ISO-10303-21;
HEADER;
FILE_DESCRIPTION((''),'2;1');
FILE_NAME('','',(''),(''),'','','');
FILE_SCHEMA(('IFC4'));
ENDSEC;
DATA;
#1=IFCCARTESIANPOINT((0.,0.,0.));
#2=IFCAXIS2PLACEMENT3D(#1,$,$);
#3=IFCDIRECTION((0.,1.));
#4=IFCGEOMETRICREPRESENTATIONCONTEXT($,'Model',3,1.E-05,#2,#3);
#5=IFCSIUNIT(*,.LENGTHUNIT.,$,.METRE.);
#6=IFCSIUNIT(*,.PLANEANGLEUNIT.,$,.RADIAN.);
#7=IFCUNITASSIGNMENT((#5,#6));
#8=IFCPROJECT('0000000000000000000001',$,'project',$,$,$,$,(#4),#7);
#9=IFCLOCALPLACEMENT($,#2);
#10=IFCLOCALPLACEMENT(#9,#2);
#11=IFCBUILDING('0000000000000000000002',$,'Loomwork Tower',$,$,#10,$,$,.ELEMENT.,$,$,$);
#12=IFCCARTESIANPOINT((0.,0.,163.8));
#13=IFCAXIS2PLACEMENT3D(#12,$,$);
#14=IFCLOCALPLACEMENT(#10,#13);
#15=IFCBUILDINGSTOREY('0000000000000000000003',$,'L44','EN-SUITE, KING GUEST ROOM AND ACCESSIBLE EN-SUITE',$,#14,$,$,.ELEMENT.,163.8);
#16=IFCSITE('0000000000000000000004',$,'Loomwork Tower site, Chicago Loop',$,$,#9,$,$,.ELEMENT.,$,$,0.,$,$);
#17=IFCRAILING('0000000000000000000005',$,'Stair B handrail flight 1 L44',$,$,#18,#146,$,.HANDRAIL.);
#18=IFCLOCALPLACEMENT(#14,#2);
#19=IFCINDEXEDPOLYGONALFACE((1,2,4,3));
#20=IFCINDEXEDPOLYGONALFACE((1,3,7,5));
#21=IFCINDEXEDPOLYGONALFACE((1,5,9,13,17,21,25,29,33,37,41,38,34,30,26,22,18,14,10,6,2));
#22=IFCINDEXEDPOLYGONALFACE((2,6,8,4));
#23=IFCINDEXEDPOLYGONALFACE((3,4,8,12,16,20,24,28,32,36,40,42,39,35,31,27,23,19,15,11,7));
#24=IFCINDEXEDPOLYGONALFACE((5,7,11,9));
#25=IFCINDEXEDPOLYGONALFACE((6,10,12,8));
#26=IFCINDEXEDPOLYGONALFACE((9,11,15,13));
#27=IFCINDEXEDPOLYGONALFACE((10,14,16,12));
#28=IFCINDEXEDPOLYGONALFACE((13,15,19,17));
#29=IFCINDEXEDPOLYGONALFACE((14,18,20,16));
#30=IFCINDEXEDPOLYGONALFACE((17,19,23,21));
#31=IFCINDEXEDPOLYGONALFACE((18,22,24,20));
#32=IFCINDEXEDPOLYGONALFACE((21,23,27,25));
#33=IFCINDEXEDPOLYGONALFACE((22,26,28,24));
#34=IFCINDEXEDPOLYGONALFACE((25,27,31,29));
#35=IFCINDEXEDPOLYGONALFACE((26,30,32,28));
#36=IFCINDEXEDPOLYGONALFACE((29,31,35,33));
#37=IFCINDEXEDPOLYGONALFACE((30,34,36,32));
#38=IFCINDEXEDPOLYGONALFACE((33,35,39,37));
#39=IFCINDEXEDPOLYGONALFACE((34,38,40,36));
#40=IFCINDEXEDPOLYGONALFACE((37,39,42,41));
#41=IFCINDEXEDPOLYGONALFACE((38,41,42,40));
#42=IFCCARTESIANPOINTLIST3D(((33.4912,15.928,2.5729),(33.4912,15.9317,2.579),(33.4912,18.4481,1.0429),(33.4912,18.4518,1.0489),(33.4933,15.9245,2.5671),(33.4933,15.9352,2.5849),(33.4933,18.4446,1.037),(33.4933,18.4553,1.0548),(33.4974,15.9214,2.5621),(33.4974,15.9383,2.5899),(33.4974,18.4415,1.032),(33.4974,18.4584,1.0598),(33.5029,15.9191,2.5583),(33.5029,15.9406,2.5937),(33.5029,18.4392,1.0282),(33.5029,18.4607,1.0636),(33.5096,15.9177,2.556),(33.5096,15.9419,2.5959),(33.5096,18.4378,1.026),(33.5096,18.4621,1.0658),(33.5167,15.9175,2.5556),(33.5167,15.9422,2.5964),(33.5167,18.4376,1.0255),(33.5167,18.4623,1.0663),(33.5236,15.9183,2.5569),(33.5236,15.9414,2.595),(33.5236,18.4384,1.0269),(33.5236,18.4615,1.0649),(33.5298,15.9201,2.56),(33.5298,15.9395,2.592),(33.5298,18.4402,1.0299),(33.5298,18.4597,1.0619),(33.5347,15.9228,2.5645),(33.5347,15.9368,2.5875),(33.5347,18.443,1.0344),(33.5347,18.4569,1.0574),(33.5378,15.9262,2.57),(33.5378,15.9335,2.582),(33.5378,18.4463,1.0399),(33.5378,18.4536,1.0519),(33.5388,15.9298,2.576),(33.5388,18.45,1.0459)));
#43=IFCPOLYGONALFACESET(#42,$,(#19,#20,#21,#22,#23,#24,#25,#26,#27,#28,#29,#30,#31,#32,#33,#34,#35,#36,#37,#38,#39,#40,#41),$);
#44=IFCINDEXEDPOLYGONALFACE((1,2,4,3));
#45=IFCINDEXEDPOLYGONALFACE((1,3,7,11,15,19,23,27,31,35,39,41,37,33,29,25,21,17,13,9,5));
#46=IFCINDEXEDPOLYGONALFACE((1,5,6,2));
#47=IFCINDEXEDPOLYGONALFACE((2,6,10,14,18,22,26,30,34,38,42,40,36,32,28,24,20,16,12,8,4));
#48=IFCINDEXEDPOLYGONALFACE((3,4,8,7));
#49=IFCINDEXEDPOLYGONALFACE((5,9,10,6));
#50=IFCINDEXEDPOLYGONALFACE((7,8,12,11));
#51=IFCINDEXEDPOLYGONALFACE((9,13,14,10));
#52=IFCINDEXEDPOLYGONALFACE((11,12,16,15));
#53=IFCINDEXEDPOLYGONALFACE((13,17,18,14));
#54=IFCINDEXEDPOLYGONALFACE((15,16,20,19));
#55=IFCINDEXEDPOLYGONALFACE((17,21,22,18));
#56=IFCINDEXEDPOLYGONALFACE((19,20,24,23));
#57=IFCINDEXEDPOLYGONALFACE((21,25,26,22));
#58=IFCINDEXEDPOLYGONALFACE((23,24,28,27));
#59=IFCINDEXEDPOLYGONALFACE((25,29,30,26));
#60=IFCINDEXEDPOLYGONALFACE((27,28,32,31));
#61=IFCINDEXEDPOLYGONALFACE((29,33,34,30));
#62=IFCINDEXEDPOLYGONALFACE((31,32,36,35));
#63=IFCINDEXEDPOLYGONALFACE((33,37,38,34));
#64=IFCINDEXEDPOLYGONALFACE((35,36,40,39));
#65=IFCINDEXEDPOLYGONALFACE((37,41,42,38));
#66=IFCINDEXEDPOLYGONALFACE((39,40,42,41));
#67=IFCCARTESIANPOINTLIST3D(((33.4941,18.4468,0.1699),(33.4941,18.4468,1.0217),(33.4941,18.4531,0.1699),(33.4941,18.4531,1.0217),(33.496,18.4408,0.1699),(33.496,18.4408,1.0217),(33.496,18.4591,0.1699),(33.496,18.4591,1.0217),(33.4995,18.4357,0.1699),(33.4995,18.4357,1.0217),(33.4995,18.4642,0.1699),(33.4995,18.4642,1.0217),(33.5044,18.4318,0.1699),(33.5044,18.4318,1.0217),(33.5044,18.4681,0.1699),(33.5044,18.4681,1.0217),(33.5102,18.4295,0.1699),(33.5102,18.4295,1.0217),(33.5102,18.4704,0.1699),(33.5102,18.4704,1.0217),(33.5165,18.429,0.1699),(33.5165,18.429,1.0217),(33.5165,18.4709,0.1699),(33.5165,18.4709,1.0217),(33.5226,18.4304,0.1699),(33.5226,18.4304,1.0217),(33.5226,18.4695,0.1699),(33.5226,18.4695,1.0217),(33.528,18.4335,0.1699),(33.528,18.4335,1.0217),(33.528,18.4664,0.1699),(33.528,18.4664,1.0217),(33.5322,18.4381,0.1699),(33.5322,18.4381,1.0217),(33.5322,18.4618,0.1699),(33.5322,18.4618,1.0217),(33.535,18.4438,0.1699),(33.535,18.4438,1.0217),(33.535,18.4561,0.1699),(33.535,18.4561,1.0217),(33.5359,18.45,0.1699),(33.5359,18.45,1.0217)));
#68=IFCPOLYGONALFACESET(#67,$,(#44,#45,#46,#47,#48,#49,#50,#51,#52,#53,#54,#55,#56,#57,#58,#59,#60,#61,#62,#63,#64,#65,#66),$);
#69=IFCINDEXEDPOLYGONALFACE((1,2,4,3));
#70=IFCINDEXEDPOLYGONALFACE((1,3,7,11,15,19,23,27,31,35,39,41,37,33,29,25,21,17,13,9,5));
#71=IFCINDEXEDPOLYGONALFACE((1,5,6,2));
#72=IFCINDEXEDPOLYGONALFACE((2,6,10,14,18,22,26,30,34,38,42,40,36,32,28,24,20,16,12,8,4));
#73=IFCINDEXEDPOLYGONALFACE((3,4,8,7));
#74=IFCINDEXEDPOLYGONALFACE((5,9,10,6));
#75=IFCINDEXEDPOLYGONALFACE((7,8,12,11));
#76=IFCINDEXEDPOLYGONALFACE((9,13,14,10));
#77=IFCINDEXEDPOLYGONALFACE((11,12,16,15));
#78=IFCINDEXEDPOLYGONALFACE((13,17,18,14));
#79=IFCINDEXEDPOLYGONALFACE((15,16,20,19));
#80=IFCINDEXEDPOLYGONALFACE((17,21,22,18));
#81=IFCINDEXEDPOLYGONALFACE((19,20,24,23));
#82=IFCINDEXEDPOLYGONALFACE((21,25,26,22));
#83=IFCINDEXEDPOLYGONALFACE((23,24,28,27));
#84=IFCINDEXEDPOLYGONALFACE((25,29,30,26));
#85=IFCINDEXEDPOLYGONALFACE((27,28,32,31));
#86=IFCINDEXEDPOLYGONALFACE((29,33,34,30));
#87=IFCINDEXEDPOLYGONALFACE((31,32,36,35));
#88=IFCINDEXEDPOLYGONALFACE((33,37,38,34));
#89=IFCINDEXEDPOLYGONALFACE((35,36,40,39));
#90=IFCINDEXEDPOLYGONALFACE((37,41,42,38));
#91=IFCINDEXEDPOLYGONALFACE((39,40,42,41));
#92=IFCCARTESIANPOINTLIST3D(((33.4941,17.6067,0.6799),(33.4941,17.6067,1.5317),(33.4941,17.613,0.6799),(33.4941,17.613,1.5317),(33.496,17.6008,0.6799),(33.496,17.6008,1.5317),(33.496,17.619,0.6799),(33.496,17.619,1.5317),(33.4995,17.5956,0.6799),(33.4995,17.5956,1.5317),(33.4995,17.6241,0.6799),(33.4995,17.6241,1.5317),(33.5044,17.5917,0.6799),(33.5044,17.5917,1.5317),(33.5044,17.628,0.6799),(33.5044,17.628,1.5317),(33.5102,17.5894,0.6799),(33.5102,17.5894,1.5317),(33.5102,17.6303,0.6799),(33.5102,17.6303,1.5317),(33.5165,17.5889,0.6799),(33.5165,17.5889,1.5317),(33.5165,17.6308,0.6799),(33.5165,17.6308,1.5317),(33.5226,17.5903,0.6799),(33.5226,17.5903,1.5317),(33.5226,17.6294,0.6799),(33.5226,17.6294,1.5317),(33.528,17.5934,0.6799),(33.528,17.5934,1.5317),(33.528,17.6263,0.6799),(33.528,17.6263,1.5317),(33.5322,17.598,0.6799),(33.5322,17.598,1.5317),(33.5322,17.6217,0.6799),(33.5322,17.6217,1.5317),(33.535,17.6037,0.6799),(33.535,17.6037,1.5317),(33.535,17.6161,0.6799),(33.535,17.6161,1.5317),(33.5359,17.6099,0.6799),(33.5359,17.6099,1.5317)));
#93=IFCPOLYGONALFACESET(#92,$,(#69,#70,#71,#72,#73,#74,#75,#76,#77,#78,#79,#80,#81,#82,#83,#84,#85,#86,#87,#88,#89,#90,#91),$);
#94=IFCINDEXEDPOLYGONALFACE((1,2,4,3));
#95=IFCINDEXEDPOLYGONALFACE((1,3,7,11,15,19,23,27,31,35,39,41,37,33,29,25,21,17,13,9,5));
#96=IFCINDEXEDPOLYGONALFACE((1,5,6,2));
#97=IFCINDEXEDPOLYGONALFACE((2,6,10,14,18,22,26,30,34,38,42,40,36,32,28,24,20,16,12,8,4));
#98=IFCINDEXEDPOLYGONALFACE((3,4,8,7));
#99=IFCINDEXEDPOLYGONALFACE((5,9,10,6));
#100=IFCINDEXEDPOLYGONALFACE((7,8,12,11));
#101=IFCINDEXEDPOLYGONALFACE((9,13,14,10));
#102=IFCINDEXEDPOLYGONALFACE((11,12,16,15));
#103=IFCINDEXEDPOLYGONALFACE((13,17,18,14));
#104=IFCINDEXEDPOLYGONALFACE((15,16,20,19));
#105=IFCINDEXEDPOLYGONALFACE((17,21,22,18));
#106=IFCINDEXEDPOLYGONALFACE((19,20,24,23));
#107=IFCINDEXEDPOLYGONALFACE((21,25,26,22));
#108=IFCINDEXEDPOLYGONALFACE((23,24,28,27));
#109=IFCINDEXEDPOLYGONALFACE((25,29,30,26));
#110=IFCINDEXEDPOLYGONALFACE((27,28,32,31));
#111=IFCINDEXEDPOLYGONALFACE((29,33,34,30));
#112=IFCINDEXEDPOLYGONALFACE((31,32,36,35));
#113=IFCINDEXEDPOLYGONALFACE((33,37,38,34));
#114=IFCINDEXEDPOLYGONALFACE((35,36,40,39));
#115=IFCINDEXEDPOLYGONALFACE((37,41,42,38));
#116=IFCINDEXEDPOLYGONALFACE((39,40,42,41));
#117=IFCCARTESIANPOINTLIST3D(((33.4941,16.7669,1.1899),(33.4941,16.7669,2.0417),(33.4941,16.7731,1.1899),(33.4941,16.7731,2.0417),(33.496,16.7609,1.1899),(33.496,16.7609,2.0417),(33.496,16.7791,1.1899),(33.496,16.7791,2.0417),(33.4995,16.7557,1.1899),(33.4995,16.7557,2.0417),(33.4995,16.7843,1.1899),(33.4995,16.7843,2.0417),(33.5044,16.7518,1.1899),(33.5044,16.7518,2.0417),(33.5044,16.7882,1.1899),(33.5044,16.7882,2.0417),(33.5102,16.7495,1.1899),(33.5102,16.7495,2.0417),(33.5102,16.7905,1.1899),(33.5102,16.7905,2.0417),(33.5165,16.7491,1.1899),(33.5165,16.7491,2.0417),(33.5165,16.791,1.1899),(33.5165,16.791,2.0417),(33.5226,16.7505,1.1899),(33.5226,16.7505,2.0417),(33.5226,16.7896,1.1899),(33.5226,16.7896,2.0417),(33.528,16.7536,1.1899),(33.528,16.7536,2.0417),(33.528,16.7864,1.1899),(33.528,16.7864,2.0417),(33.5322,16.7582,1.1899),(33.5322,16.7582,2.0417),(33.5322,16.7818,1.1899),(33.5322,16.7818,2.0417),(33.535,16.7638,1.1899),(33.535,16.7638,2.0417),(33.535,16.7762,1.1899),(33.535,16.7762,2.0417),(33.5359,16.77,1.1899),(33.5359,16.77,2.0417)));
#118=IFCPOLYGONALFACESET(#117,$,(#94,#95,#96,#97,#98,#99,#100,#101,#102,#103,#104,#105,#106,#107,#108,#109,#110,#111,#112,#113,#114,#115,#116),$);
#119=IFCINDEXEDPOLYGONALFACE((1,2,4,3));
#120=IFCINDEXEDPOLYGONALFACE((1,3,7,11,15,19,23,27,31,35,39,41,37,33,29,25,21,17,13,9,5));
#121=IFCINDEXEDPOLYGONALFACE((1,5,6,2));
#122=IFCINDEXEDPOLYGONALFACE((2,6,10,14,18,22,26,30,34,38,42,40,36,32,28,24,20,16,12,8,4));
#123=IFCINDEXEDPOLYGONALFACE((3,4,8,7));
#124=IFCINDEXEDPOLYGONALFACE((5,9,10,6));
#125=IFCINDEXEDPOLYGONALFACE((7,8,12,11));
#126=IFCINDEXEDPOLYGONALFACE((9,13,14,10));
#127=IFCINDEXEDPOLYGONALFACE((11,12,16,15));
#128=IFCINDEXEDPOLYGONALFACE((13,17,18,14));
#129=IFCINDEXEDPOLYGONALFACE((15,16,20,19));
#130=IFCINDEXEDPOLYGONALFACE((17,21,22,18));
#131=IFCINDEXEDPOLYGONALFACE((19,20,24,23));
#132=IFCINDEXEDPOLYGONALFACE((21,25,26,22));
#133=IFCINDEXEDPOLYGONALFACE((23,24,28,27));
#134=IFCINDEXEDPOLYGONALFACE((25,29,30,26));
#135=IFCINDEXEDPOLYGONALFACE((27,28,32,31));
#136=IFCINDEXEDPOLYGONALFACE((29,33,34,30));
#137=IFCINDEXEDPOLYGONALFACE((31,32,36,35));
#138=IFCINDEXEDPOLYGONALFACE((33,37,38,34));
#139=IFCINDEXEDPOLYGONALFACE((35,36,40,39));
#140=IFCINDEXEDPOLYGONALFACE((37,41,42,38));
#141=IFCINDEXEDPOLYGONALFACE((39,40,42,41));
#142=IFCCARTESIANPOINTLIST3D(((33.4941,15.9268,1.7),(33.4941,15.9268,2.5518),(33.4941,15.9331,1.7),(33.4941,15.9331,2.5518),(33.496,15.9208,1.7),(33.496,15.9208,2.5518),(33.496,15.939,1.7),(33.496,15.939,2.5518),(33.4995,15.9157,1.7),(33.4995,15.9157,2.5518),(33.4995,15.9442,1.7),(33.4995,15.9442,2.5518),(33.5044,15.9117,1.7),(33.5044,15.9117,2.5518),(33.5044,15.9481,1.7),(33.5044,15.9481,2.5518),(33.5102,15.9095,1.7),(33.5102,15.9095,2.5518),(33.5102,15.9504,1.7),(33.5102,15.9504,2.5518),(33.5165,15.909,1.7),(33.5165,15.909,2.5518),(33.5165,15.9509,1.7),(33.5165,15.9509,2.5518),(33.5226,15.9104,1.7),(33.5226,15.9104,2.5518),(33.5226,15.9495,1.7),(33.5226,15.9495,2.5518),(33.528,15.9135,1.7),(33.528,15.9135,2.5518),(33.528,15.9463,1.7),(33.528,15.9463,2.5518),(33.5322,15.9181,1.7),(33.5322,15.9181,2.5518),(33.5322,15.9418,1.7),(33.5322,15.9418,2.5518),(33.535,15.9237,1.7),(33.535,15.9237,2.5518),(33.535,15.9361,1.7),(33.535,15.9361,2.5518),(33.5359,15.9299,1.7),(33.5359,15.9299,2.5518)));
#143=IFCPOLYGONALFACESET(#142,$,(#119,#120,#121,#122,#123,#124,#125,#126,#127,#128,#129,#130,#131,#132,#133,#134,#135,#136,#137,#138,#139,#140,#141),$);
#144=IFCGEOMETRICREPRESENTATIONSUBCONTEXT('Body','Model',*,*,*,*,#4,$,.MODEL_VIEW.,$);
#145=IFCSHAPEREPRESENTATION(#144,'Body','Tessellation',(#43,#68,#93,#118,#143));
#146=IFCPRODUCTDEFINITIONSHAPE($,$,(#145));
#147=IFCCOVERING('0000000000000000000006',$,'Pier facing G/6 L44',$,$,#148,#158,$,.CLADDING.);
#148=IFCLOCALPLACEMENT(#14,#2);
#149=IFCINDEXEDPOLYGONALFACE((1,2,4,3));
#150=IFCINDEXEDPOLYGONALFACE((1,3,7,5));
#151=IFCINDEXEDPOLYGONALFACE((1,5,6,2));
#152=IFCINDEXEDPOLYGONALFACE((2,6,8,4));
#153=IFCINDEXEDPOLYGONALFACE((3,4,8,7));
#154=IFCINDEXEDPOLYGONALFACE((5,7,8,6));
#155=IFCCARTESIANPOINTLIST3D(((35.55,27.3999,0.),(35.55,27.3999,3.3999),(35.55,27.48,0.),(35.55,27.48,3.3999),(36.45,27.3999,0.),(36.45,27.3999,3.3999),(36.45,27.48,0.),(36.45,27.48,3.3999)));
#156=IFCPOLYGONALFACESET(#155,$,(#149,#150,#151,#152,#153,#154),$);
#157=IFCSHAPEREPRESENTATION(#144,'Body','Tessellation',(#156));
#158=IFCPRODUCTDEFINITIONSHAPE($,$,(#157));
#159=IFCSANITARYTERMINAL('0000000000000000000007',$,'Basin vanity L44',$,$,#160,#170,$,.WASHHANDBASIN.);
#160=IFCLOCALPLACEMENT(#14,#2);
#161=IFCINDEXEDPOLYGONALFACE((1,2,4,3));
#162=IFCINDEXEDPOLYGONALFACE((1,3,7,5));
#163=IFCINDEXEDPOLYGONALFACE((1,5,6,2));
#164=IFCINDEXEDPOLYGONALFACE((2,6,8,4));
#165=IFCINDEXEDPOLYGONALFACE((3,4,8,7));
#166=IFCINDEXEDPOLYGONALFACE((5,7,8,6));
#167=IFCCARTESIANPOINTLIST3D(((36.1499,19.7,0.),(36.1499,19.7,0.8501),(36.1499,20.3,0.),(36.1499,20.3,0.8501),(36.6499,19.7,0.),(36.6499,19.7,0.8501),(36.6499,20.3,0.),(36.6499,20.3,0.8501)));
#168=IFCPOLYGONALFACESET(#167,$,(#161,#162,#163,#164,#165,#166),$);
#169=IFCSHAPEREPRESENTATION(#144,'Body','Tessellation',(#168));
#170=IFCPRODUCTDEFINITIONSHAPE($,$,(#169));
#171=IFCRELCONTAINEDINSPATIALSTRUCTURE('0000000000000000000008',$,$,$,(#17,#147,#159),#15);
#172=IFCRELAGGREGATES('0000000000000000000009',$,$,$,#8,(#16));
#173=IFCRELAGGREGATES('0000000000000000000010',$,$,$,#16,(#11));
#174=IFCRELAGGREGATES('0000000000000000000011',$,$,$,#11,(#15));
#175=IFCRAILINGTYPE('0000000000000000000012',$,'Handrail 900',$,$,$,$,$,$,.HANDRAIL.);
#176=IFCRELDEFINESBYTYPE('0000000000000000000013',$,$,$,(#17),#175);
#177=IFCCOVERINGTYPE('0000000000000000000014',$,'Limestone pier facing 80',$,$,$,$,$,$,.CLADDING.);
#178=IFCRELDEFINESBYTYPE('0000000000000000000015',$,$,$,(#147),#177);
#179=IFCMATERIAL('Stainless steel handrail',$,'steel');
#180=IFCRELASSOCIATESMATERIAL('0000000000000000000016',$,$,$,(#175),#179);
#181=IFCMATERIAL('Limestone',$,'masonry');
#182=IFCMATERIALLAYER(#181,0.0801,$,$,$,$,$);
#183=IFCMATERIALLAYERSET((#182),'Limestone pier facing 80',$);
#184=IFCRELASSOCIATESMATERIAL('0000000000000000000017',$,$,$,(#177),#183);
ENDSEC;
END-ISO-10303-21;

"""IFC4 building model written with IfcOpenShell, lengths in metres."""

from ifc_helpers import new_model, si_unit, direction, frame, origin, origin_2d, place, context, subcontext, project, spatial, rectangle, circle, extrude, material, layer, layer_set, type_object, element, save


model = new_model("IFC4")

# Units and contexts
model_context = context("Model", 3, precision=1e-05, world=origin(), true_north=direction((0.0, 1.0)))
body_context = subcontext(model_context, "Body", "Model", "MODEL_VIEW")
ifc_project = project(units=[si_unit("LENGTHUNIT", "METRE"), si_unit("PLANEANGLEUNIT", "RADIAN")], contexts=[model_context])

# Site, building, storey
site_placement = place(None, origin())
site = spatial("IfcSite", under=ifc_project, at=site_placement, Name="Loomwork Tower site, Chicago Loop", CompositionType="ELEMENT", RefElevation=0.0)
building_placement = place(site_placement, origin())
building = spatial("IfcBuilding", under=site, at=building_placement, Name="Loomwork Tower", CompositionType="ELEMENT")
storey_placement = place(building_placement, frame((0.0, 0.0, 163.8)))
storey = spatial("IfcBuildingStorey", under=building, at=storey_placement, Name="L44", Description="EN-SUITE, KING GUEST ROOM AND ACCESSIBLE EN-SUITE", CompositionType="ELEMENT", Elevation=163.8)

# Railing
ifc_material_1 = material(Name="Stainless steel handrail", Category="steel")
railing_type = type_object("IfcRailingType", Name="Handrail 900", PredefinedType="HANDRAIL", material=ifc_material_1)
railing_placement = place(storey_placement, frame((33.5149, 18.45, 0.1699)))
element("IfcRailing", 1, at=railing_placement, inside=storey, type_object=railing_type, Name="Stair B handrail flight 1 L44", PredefinedType="HANDRAIL", context=body_context, shape_type="SweptSolid", body=[
    extrude(circle(Radius=0.0239, at=origin_2d()), frame((0.0, 0.0, 0.876), z_axis=(0.0, -0.854785, 0.518982), x_axis=(1.0, 0.0, 0.0)), (0.0, 0.0, 1.0), 2.9482),
    extrude(circle(Radius=0.021, at=origin_2d()), origin(), (0.0, 0.0, 1.0), 0.8518),
    extrude(circle(Radius=0.021, at=origin_2d()), frame((0.0, -0.8401, 0.51)), (0.0, 0.0, 1.0), 0.8518),
    extrude(circle(Radius=0.021, at=origin_2d()), frame((0.0, -1.6799, 1.02)), (0.0, 0.0, 1.0), 0.8518),
    extrude(circle(Radius=0.021, at=origin_2d()), frame((0.0, -2.52, 1.53)), (0.0, 0.0, 1.0), 0.8518),
])

# Covering
ifc_material_2 = material(Name="Limestone", Category="masonry")
ifc_layer_1 = layer(ifc_material_2, 0.0801)
ifc_layer_set_1 = layer_set([ifc_layer_1], Name="Limestone pier facing 80")
covering_type = type_object("IfcCoveringType", Name="Limestone pier facing 80", PredefinedType="CLADDING", material=ifc_layer_set_1)
covering_placement = place(storey_placement, frame((36.0, 27.4399, 0.0), z_axis=(0.0, 0.0, 1.0), x_axis=(1.0, 0.0, 0.0)))
element("IfcCovering", 2, at=covering_placement, inside=storey, type_object=covering_type, Name="Pier facing G/6 L44", PredefinedType="CLADDING", context=body_context, shape_type="SweptSolid", body=[
    extrude(rectangle(XDim=0.8999, YDim=0.0801, at=origin_2d()), origin(), (0.0, 0.0, 1.0), 3.3999),
])

# Sanitary terminal
sanitary_terminal_placement = place(storey_placement, frame((36.3999, 20.0, 0.0), z_axis=(0.0, 0.0, 1.0), x_axis=(1.0, 0.0, 0.0)))
element("IfcSanitaryTerminal", 3, at=sanitary_terminal_placement, inside=storey, Name="Basin vanity L44", PredefinedType="WASHHANDBASIN", context=body_context, shape_type="SweptSolid", body=[
    extrude(rectangle(XDim=0.5, YDim=0.6001, at=origin_2d()), origin(), (0.0, 0.0, 1.0), 0.8501),
])

save(model, "model.ifc")
